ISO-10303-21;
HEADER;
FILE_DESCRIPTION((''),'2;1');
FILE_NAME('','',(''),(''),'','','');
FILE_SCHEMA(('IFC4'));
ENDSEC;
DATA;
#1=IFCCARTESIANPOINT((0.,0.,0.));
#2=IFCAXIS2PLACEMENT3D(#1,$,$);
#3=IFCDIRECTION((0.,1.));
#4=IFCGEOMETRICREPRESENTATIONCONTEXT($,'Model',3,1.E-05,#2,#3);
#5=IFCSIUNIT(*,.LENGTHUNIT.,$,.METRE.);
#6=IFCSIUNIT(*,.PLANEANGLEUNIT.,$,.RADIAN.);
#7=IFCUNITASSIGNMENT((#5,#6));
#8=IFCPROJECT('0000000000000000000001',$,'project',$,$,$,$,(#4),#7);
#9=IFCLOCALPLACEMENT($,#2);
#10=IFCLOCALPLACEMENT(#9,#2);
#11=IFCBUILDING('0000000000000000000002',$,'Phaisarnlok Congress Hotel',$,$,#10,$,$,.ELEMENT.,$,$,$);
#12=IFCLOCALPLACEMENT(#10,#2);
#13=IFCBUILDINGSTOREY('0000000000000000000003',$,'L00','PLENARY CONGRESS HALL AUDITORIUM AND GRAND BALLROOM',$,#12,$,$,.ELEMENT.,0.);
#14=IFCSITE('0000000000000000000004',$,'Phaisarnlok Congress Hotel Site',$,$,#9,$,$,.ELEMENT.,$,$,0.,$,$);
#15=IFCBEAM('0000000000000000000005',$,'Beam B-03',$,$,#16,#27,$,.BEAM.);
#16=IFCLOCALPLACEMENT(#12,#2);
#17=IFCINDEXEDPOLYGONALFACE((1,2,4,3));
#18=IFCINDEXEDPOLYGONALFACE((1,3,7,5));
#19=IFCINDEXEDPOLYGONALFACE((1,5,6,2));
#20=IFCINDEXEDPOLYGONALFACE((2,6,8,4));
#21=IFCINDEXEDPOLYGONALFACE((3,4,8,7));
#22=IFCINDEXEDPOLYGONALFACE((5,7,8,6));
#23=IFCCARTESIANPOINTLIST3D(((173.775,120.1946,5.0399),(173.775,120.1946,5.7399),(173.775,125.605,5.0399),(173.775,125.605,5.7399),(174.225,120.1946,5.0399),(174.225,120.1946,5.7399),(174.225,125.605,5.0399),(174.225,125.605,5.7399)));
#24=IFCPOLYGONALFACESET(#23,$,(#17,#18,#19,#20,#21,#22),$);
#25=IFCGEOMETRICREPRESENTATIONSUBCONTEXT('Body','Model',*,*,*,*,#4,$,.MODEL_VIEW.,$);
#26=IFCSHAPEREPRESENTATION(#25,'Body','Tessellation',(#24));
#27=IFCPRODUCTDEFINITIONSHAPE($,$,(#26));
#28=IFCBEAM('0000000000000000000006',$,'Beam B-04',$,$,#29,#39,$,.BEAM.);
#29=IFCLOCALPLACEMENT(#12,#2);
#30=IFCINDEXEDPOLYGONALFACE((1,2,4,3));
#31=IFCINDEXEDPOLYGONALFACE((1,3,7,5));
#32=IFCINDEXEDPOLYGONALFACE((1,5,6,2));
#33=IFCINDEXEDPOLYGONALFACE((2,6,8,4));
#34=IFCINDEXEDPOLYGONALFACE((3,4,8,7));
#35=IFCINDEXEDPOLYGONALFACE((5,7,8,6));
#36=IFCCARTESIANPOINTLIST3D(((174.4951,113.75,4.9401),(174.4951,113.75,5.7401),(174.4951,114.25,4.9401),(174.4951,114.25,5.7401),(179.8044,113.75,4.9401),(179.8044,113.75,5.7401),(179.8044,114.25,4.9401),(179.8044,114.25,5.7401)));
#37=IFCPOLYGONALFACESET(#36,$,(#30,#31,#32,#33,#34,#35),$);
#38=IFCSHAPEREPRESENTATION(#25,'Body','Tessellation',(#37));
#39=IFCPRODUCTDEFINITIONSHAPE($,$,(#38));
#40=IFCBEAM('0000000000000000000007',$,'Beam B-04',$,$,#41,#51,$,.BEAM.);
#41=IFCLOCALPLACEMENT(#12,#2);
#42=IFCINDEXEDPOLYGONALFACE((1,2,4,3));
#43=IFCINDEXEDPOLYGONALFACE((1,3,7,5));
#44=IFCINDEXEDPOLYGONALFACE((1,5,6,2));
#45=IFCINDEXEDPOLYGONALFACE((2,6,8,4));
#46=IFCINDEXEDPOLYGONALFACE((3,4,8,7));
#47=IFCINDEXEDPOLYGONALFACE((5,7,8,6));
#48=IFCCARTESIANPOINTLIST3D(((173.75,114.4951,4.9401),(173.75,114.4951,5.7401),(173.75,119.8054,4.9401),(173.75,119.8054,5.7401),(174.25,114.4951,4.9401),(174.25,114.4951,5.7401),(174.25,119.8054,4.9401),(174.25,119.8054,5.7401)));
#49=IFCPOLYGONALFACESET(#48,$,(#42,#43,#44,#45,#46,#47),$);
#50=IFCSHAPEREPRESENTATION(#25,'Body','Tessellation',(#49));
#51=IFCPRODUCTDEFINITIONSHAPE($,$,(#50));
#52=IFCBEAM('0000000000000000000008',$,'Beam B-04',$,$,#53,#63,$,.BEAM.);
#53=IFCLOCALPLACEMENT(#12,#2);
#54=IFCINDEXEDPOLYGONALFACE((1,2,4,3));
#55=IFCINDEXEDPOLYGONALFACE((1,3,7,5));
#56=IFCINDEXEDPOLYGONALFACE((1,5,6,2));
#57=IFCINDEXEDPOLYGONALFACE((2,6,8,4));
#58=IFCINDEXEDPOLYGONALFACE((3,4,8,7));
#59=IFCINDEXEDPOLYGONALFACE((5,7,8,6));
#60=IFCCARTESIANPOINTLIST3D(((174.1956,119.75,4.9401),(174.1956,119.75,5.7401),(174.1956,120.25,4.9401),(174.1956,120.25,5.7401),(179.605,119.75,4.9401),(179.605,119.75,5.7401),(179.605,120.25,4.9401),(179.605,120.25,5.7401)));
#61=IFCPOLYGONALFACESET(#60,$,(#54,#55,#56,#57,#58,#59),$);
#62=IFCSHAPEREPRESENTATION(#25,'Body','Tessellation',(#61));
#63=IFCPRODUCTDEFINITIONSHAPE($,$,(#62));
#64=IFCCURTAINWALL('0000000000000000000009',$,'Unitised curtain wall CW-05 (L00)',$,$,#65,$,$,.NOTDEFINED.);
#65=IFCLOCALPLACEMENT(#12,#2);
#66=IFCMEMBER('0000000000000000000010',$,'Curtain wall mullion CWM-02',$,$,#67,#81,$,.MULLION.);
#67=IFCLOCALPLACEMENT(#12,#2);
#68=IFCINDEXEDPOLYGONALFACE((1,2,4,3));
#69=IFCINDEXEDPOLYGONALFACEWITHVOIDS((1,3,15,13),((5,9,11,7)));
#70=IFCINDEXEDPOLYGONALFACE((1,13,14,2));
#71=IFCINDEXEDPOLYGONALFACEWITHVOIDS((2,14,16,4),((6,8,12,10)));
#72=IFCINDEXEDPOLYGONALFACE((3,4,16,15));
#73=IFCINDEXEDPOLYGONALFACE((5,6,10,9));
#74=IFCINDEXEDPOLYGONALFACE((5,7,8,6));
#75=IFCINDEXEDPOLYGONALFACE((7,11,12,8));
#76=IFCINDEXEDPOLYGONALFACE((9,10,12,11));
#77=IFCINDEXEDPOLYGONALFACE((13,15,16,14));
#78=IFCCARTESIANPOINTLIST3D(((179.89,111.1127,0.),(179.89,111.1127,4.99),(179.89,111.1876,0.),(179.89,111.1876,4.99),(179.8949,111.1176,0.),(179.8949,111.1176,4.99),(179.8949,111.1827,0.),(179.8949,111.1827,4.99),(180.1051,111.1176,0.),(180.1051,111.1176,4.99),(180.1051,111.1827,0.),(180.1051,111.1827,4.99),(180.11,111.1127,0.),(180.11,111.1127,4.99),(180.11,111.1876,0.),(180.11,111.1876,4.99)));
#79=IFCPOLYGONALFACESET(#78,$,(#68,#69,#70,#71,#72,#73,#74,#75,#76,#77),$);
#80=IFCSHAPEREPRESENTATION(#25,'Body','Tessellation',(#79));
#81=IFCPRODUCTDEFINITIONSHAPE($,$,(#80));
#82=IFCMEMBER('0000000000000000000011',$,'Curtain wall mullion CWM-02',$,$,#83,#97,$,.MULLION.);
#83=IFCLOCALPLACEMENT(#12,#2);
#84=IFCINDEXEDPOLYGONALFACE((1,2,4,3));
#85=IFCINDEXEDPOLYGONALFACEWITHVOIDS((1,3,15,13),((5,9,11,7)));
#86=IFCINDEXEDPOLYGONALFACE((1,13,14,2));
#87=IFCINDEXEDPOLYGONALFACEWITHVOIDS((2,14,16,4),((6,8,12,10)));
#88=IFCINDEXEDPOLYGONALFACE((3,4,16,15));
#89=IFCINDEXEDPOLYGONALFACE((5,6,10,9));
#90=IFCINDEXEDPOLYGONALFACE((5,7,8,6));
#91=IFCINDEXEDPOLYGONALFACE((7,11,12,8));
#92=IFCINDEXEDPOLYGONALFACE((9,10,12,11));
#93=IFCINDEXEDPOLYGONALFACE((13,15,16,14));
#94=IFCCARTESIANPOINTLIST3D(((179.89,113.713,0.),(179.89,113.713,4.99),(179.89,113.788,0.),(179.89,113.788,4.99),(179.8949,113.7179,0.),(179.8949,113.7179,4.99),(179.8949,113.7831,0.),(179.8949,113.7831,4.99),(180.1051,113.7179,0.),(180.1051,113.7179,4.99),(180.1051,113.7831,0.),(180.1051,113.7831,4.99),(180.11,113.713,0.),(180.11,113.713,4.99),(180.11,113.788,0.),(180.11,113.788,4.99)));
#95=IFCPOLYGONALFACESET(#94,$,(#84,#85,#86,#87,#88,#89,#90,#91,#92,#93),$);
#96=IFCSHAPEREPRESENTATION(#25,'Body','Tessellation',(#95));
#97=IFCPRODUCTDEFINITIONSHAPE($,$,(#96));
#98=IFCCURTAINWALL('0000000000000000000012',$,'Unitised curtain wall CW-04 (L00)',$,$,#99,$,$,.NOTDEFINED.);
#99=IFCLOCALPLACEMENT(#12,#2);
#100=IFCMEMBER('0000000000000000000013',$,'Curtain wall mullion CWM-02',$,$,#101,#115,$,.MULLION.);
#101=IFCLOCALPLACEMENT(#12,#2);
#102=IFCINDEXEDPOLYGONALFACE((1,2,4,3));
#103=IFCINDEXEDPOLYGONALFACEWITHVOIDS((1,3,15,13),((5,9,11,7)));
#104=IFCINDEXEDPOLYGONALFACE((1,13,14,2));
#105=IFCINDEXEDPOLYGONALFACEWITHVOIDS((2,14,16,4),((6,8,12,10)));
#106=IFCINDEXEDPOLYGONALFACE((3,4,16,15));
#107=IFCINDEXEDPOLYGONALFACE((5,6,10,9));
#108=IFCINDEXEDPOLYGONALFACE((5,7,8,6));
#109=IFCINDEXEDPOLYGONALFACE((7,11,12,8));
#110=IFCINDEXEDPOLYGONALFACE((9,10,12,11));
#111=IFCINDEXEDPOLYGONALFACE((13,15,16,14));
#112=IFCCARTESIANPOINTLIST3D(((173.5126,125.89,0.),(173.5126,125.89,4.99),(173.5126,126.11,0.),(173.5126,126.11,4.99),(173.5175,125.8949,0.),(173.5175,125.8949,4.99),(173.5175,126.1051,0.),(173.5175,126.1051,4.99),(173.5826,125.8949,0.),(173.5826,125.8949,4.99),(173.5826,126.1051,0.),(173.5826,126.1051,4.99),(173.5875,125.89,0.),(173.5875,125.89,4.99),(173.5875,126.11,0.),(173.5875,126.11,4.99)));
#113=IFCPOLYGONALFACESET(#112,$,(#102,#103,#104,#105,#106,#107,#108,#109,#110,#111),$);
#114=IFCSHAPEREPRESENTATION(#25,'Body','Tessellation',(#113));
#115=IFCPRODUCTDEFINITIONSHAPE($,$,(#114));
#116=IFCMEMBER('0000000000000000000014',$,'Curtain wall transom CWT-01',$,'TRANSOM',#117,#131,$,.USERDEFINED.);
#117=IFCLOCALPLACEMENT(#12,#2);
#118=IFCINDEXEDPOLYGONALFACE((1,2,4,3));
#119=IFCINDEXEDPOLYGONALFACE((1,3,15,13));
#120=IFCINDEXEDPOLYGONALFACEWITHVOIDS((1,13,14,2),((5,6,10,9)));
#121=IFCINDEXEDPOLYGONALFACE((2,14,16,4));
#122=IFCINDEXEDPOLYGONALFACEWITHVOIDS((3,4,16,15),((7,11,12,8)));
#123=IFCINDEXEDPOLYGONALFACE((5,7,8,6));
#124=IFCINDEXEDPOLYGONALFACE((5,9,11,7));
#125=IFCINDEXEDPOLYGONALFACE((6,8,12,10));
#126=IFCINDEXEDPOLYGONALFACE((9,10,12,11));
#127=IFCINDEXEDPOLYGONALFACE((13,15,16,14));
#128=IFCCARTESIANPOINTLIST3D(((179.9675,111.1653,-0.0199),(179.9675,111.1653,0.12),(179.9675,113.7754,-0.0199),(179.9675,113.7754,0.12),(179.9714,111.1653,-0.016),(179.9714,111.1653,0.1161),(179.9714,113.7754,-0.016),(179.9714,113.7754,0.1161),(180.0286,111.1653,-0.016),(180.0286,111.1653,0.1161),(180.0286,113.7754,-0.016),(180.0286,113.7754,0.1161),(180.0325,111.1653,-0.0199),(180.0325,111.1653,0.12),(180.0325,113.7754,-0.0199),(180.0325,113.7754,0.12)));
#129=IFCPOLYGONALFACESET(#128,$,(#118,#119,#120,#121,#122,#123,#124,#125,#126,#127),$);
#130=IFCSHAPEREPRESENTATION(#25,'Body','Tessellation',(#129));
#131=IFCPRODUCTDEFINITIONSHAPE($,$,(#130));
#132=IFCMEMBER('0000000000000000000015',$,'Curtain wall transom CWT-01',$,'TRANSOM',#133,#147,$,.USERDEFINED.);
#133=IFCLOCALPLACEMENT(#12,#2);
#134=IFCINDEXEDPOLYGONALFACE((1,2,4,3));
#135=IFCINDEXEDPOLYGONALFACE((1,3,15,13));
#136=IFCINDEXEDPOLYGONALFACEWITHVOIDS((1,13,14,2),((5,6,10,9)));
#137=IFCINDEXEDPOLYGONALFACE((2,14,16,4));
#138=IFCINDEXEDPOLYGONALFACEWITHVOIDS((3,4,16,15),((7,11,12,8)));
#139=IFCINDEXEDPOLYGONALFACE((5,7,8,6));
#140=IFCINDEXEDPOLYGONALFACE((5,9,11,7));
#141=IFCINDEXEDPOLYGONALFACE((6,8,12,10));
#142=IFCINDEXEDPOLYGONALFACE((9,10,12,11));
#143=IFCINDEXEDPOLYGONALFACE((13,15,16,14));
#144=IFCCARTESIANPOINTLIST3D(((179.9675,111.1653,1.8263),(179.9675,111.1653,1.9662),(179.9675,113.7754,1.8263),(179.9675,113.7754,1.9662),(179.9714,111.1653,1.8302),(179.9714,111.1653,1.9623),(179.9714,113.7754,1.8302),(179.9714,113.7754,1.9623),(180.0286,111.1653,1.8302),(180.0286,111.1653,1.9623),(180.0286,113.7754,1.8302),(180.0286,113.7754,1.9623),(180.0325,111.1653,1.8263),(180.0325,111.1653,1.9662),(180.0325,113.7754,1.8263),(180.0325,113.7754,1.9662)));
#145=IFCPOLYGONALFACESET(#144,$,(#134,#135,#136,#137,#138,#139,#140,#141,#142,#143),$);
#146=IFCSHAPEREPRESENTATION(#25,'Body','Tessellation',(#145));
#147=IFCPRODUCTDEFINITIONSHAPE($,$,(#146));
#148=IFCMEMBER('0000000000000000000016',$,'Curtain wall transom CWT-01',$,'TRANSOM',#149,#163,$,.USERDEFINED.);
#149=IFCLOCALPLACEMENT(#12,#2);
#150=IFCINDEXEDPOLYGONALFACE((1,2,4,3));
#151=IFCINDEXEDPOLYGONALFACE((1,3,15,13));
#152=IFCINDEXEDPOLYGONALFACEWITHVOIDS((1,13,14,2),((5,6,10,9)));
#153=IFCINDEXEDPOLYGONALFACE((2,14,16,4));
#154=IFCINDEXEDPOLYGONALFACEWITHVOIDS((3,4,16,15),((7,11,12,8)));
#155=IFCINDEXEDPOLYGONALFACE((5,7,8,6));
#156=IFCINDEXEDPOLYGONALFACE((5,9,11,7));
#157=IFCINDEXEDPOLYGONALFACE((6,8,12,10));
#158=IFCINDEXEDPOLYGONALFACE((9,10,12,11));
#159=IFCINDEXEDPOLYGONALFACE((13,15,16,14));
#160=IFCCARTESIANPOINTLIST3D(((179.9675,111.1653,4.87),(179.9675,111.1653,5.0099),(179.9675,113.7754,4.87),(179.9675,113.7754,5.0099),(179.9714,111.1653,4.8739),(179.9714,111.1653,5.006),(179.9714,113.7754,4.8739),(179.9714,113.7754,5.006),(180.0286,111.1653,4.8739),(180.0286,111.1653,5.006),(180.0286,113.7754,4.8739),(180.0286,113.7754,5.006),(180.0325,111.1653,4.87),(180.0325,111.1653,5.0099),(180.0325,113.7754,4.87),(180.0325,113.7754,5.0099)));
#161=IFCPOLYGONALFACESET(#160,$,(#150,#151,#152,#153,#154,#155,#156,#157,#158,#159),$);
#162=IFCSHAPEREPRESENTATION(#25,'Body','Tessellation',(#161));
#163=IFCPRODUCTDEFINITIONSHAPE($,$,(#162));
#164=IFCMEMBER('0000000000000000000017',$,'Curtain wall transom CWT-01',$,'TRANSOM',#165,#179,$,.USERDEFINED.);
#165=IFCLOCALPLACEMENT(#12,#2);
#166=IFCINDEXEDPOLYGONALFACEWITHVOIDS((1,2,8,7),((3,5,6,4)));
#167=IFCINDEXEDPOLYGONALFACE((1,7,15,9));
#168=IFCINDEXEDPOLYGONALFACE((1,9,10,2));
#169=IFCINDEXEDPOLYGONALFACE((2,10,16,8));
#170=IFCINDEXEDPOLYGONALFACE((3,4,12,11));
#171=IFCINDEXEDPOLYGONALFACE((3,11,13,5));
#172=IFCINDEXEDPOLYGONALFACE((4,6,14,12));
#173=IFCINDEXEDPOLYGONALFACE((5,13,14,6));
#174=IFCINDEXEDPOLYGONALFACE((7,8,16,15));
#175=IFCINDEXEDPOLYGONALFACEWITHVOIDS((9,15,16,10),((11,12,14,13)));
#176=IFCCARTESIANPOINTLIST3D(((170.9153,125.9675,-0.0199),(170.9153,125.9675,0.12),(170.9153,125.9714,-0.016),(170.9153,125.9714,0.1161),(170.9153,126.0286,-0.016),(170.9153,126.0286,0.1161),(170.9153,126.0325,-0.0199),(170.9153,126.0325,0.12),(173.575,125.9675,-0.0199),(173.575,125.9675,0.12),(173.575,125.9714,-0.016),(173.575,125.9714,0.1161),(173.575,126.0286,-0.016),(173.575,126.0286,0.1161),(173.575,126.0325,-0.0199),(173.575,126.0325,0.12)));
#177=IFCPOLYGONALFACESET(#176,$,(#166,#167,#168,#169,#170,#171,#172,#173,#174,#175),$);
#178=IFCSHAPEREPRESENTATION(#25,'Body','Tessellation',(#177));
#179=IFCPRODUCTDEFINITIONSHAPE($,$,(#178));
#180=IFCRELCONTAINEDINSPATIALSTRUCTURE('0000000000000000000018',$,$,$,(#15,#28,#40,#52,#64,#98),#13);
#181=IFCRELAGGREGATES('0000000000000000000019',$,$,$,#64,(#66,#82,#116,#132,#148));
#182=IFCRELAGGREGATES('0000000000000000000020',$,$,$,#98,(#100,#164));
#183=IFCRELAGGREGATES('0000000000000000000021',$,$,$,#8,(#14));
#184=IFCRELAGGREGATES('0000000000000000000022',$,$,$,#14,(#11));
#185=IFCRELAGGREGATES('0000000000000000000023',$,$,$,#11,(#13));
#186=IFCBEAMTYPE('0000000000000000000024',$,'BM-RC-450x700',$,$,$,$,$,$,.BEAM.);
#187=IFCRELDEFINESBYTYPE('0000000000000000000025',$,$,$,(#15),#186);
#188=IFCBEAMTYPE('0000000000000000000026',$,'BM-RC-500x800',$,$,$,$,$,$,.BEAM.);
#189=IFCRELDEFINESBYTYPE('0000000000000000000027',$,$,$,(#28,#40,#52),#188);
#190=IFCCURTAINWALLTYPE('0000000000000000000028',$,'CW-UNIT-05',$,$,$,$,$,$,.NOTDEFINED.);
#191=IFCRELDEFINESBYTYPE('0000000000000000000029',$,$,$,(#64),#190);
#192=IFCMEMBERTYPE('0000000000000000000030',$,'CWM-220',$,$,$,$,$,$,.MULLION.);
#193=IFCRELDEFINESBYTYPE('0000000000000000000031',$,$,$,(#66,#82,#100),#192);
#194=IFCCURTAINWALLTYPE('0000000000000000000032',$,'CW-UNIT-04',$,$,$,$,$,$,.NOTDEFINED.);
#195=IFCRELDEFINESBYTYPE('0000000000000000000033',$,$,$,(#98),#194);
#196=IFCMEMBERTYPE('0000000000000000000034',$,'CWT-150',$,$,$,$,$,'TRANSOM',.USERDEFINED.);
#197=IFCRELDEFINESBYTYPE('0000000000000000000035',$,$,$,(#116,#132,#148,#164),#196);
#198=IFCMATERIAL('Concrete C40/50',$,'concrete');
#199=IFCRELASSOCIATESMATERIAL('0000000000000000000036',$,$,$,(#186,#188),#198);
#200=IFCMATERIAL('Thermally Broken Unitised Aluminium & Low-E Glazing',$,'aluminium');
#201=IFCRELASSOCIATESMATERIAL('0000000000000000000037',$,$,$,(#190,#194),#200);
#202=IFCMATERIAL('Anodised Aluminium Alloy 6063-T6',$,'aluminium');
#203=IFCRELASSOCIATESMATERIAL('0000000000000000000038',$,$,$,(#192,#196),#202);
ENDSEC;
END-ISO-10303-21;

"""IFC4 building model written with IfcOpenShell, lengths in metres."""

from ifc_helpers import new_model, si_unit, direction, frame, origin, origin_2d, place, context, subcontext, project, spatial, rectangle, hollow_rectangle, extrude, material, material_profile, profile_set, type_object, element, aggregate, save


model = new_model("IFC4")

# Units and contexts
model_context = context("Model", 3, precision=1e-05, world=origin(), true_north=direction((0.0, 1.0)))
body_context = subcontext(model_context, "Body", "Model", "MODEL_VIEW")
ifc_project = project(units=[si_unit("LENGTHUNIT", "METRE"), si_unit("PLANEANGLEUNIT", "RADIAN")], contexts=[model_context])

# Site, building, storey
site_placement = place(None, origin())
site = spatial("IfcSite", under=ifc_project, at=site_placement, Name="Phaisarnlok Congress Hotel Site", CompositionType="ELEMENT", RefElevation=0.0)
building_placement = place(site_placement, origin())
building = spatial("IfcBuilding", under=site, at=building_placement, Name="Phaisarnlok Congress Hotel", CompositionType="ELEMENT")
storey_placement = place(building_placement, origin())
storey = spatial("IfcBuildingStorey", under=building, at=storey_placement, Name="L00", Description="PLENARY CONGRESS HALL AUDITORIUM AND GRAND BALLROOM", CompositionType="ELEMENT", Elevation=0.0)

# Beams
ifc_material_1 = material(Name="Concrete C40/50", Category="concrete")
ifc_material_profile_1 = material_profile(ifc_material_1, rectangle(XDim=0.45, YDim=0.7, at=origin_2d()), Name="RC 450x700")
ifc_profile_set_1 = profile_set([ifc_material_profile_1], Name="Concrete C40/50")
beam_type_1 = type_object("IfcBeamType", Name="BM-RC-450x700", PredefinedType="BEAM", material=ifc_profile_set_1)
beam_1_placement = place(storey_placement, frame((174.0, 120.1946, 5.3899), z_axis=(0.0, 1.0, 0.0), x_axis=(-1.0, 0.0, 0.0)))
element("IfcBeam", 1, at=beam_1_placement, inside=storey, type_object=beam_type_1, Name="Beam B-03", PredefinedType="BEAM", context=body_context, shape_type="SweptSolid", body=[
    extrude(rectangle(XDim=0.45, YDim=0.7, at=origin_2d()), origin(), (0.0, 0.0, 1.0), 5.4104),
])
ifc_material_profile_2 = material_profile(ifc_material_1, rectangle(XDim=0.5, YDim=0.8, at=origin_2d()), Name="RC 500x800")
ifc_profile_set_2 = profile_set([ifc_material_profile_2], Name="Concrete C40/50")
beam_type_2 = type_object("IfcBeamType", Name="BM-RC-500x800", PredefinedType="BEAM", material=ifc_profile_set_2)
beam_2_placement = place(storey_placement, frame((174.4951, 114.0, 5.3401), z_axis=(1.0, 0.0, 0.0), x_axis=(0.0, 1.0, 0.0)))
element("IfcBeam", 2, at=beam_2_placement, inside=storey, type_object=beam_type_2, Name="Beam B-04", PredefinedType="BEAM", context=body_context, shape_type="SweptSolid", body=[
    extrude(rectangle(XDim=0.5, YDim=0.8, at=origin_2d()), origin(), (0.0, 0.0, 1.0), 5.3093),
])
beam_3_placement = place(storey_placement, frame((174.0, 114.4951, 5.3401), z_axis=(0.0, 1.0, 0.0), x_axis=(-1.0, 0.0, 0.0)))
element("IfcBeam", 3, at=beam_3_placement, inside=storey, type_object=beam_type_2, Name="Beam B-04", PredefinedType="BEAM", context=body_context, shape_type="SweptSolid", body=[
    extrude(rectangle(XDim=0.5, YDim=0.8, at=origin_2d()), origin(), (0.0, 0.0, 1.0), 5.3103),
])
beam_4_placement = place(storey_placement, frame((174.1956, 120.0, 5.3401), z_axis=(1.0, 0.0, 0.0), x_axis=(0.0, 1.0, 0.0)))
element("IfcBeam", 4, at=beam_4_placement, inside=storey, type_object=beam_type_2, Name="Beam B-04", PredefinedType="BEAM", context=body_context, shape_type="SweptSolid", body=[
    extrude(rectangle(XDim=0.5, YDim=0.8, at=origin_2d()), origin(), (0.0, 0.0, 1.0), 5.4094),
])

# Curtain wall, members
ifc_material_2 = material(Name="Thermally Broken Unitised Aluminium & Low-E Glazing", Category="aluminium")
curtain_wall_type_1 = type_object("IfcCurtainWallType", Name="CW-UNIT-05", PredefinedType="NOTDEFINED", material=ifc_material_2)
curtain_wall_1_placement = place(storey_placement, origin())
curtain_wall_1 = element("IfcCurtainWall", 5, at=curtain_wall_1_placement, inside=storey, type_object=curtain_wall_type_1, Name="Unitised curtain wall CW-05 (L00)", PredefinedType="NOTDEFINED")
ifc_material_3 = material(Name="Anodised Aluminium Alloy 6063-T6", Category="aluminium")
ifc_material_profile_3 = material_profile(ifc_material_3, hollow_rectangle(XDim=0.075, YDim=0.22, WallThickness=0.0049, at=origin_2d()), Name="ALU-M 75x220x5")
ifc_profile_set_3 = profile_set([ifc_material_profile_3], Name="Anodised Aluminium Alloy 6063-T6")
member_type_1 = type_object("IfcMemberType", Name="CWM-220", PredefinedType="MULLION", material=ifc_profile_set_3)
member_1_placement = place(storey_placement, frame((180.0, 111.1501, 0.0), z_axis=(0.0, 0.0, 1.0), x_axis=(0.0, 1.0, 0.0)))
member_1 = element("IfcMember", 6, at=member_1_placement, type_object=member_type_1, Name="Curtain wall mullion CWM-02", PredefinedType="MULLION", context=body_context, shape_type="SweptSolid", body=[
    extrude(hollow_rectangle(XDim=0.075, YDim=0.22, WallThickness=0.0049, at=origin_2d()), origin(), (0.0, 0.0, 1.0), 4.99),
])
member_2_placement = place(storey_placement, frame((180.0, 113.7505, 0.0), z_axis=(0.0, 0.0, 1.0), x_axis=(0.0, 1.0, 0.0)))
member_2 = element("IfcMember", 7, at=member_2_placement, type_object=member_type_1, Name="Curtain wall mullion CWM-02", PredefinedType="MULLION", context=body_context, shape_type="SweptSolid", body=[
    extrude(hollow_rectangle(XDim=0.075, YDim=0.22, WallThickness=0.0049, at=origin_2d()), origin(), (0.0, 0.0, 1.0), 4.99),
])

# Curtain wall, member
curtain_wall_type_2 = type_object("IfcCurtainWallType", Name="CW-UNIT-04", PredefinedType="NOTDEFINED", material=ifc_material_2)
curtain_wall_2_placement = place(storey_placement, origin())
curtain_wall_2 = element("IfcCurtainWall", 8, at=curtain_wall_2_placement, inside=storey, type_object=curtain_wall_type_2, Name="Unitised curtain wall CW-04 (L00)", PredefinedType="NOTDEFINED")
member_3_placement = place(storey_placement, frame((173.55, 126.0, 0.0), z_axis=(0.0, 0.0, 1.0), x_axis=(-1.0, 0.0, 0.0)))
member_3 = element("IfcMember", 9, at=member_3_placement, type_object=member_type_1, Name="Curtain wall mullion CWM-02", PredefinedType="MULLION", context=body_context, shape_type="SweptSolid", body=[
    extrude(hollow_rectangle(XDim=0.075, YDim=0.22, WallThickness=0.0049, at=origin_2d()), origin(), (0.0, 0.0, 1.0), 4.99),
])

# Members
ifc_material_profile_4 = material_profile(ifc_material_3, hollow_rectangle(XDim=0.0649, YDim=0.1399, WallThickness=0.0039, at=origin_2d()), Name="ALU-T 65x140x4")
ifc_profile_set_4 = profile_set([ifc_material_profile_4], Name="Anodised Aluminium Alloy 6063-T6")
member_type_2 = type_object("IfcMemberType", Name="CWT-150", ElementType="TRANSOM", PredefinedType="USERDEFINED", material=ifc_profile_set_4)
member_4_placement = place(storey_placement, frame((180.0, 111.1653, 0.05), z_axis=(0.0, 1.0, 0.0), x_axis=(-1.0, 0.0, 0.0)))
member_4 = element("IfcMember", 10, at=member_4_placement, type_object=member_type_2, Name="Curtain wall transom CWT-01", ObjectType="TRANSOM", PredefinedType="USERDEFINED", context=body_context, shape_type="SweptSolid", body=[
    extrude(hollow_rectangle(XDim=0.0649, YDim=0.1399, WallThickness=0.0039, at=origin_2d()), origin(), (0.0, 0.0, 1.0), 2.6101),
])
member_5_placement = place(storey_placement, frame((180.0, 111.1653, 1.8962), z_axis=(0.0, 1.0, 0.0), x_axis=(-1.0, 0.0, 0.0)))
member_5 = element("IfcMember", 11, at=member_5_placement, type_object=member_type_2, Name="Curtain wall transom CWT-01", ObjectType="TRANSOM", PredefinedType="USERDEFINED", context=body_context, shape_type="SweptSolid", body=[
    extrude(hollow_rectangle(XDim=0.0649, YDim=0.1399, WallThickness=0.0039, at=origin_2d()), origin(), (0.0, 0.0, 1.0), 2.6101),
])
member_6_placement = place(storey_placement, frame((180.0, 111.1653, 4.9399), z_axis=(0.0, 1.0, 0.0), x_axis=(-1.0, 0.0, 0.0)))
member_6 = element("IfcMember", 12, at=member_6_placement, type_object=member_type_2, Name="Curtain wall transom CWT-01", ObjectType="TRANSOM", PredefinedType="USERDEFINED", context=body_context, shape_type="SweptSolid", body=[
    extrude(hollow_rectangle(XDim=0.0649, YDim=0.1399, WallThickness=0.0039, at=origin_2d()), origin(), (0.0, 0.0, 1.0), 2.6101),
])
member_7_placement = place(storey_placement, frame((173.575, 126.0, 0.05), z_axis=(-1.0, 0.0, 0.0), x_axis=(0.0, -1.0, 0.0)))
member_7 = element("IfcMember", 13, at=member_7_placement, type_object=member_type_2, Name="Curtain wall transom CWT-01", ObjectType="TRANSOM", PredefinedType="USERDEFINED", context=body_context, shape_type="SweptSolid", body=[
    extrude(hollow_rectangle(XDim=0.0649, YDim=0.1399, WallThickness=0.0039, at=origin_2d()), origin(), (0.0, 0.0, 1.0), 2.6597),
])

aggregate(curtain_wall_1, [member_1, member_2, member_4, member_5, member_6])
aggregate(curtain_wall_2, [member_3, member_7])

save(model, "model.ifc")
